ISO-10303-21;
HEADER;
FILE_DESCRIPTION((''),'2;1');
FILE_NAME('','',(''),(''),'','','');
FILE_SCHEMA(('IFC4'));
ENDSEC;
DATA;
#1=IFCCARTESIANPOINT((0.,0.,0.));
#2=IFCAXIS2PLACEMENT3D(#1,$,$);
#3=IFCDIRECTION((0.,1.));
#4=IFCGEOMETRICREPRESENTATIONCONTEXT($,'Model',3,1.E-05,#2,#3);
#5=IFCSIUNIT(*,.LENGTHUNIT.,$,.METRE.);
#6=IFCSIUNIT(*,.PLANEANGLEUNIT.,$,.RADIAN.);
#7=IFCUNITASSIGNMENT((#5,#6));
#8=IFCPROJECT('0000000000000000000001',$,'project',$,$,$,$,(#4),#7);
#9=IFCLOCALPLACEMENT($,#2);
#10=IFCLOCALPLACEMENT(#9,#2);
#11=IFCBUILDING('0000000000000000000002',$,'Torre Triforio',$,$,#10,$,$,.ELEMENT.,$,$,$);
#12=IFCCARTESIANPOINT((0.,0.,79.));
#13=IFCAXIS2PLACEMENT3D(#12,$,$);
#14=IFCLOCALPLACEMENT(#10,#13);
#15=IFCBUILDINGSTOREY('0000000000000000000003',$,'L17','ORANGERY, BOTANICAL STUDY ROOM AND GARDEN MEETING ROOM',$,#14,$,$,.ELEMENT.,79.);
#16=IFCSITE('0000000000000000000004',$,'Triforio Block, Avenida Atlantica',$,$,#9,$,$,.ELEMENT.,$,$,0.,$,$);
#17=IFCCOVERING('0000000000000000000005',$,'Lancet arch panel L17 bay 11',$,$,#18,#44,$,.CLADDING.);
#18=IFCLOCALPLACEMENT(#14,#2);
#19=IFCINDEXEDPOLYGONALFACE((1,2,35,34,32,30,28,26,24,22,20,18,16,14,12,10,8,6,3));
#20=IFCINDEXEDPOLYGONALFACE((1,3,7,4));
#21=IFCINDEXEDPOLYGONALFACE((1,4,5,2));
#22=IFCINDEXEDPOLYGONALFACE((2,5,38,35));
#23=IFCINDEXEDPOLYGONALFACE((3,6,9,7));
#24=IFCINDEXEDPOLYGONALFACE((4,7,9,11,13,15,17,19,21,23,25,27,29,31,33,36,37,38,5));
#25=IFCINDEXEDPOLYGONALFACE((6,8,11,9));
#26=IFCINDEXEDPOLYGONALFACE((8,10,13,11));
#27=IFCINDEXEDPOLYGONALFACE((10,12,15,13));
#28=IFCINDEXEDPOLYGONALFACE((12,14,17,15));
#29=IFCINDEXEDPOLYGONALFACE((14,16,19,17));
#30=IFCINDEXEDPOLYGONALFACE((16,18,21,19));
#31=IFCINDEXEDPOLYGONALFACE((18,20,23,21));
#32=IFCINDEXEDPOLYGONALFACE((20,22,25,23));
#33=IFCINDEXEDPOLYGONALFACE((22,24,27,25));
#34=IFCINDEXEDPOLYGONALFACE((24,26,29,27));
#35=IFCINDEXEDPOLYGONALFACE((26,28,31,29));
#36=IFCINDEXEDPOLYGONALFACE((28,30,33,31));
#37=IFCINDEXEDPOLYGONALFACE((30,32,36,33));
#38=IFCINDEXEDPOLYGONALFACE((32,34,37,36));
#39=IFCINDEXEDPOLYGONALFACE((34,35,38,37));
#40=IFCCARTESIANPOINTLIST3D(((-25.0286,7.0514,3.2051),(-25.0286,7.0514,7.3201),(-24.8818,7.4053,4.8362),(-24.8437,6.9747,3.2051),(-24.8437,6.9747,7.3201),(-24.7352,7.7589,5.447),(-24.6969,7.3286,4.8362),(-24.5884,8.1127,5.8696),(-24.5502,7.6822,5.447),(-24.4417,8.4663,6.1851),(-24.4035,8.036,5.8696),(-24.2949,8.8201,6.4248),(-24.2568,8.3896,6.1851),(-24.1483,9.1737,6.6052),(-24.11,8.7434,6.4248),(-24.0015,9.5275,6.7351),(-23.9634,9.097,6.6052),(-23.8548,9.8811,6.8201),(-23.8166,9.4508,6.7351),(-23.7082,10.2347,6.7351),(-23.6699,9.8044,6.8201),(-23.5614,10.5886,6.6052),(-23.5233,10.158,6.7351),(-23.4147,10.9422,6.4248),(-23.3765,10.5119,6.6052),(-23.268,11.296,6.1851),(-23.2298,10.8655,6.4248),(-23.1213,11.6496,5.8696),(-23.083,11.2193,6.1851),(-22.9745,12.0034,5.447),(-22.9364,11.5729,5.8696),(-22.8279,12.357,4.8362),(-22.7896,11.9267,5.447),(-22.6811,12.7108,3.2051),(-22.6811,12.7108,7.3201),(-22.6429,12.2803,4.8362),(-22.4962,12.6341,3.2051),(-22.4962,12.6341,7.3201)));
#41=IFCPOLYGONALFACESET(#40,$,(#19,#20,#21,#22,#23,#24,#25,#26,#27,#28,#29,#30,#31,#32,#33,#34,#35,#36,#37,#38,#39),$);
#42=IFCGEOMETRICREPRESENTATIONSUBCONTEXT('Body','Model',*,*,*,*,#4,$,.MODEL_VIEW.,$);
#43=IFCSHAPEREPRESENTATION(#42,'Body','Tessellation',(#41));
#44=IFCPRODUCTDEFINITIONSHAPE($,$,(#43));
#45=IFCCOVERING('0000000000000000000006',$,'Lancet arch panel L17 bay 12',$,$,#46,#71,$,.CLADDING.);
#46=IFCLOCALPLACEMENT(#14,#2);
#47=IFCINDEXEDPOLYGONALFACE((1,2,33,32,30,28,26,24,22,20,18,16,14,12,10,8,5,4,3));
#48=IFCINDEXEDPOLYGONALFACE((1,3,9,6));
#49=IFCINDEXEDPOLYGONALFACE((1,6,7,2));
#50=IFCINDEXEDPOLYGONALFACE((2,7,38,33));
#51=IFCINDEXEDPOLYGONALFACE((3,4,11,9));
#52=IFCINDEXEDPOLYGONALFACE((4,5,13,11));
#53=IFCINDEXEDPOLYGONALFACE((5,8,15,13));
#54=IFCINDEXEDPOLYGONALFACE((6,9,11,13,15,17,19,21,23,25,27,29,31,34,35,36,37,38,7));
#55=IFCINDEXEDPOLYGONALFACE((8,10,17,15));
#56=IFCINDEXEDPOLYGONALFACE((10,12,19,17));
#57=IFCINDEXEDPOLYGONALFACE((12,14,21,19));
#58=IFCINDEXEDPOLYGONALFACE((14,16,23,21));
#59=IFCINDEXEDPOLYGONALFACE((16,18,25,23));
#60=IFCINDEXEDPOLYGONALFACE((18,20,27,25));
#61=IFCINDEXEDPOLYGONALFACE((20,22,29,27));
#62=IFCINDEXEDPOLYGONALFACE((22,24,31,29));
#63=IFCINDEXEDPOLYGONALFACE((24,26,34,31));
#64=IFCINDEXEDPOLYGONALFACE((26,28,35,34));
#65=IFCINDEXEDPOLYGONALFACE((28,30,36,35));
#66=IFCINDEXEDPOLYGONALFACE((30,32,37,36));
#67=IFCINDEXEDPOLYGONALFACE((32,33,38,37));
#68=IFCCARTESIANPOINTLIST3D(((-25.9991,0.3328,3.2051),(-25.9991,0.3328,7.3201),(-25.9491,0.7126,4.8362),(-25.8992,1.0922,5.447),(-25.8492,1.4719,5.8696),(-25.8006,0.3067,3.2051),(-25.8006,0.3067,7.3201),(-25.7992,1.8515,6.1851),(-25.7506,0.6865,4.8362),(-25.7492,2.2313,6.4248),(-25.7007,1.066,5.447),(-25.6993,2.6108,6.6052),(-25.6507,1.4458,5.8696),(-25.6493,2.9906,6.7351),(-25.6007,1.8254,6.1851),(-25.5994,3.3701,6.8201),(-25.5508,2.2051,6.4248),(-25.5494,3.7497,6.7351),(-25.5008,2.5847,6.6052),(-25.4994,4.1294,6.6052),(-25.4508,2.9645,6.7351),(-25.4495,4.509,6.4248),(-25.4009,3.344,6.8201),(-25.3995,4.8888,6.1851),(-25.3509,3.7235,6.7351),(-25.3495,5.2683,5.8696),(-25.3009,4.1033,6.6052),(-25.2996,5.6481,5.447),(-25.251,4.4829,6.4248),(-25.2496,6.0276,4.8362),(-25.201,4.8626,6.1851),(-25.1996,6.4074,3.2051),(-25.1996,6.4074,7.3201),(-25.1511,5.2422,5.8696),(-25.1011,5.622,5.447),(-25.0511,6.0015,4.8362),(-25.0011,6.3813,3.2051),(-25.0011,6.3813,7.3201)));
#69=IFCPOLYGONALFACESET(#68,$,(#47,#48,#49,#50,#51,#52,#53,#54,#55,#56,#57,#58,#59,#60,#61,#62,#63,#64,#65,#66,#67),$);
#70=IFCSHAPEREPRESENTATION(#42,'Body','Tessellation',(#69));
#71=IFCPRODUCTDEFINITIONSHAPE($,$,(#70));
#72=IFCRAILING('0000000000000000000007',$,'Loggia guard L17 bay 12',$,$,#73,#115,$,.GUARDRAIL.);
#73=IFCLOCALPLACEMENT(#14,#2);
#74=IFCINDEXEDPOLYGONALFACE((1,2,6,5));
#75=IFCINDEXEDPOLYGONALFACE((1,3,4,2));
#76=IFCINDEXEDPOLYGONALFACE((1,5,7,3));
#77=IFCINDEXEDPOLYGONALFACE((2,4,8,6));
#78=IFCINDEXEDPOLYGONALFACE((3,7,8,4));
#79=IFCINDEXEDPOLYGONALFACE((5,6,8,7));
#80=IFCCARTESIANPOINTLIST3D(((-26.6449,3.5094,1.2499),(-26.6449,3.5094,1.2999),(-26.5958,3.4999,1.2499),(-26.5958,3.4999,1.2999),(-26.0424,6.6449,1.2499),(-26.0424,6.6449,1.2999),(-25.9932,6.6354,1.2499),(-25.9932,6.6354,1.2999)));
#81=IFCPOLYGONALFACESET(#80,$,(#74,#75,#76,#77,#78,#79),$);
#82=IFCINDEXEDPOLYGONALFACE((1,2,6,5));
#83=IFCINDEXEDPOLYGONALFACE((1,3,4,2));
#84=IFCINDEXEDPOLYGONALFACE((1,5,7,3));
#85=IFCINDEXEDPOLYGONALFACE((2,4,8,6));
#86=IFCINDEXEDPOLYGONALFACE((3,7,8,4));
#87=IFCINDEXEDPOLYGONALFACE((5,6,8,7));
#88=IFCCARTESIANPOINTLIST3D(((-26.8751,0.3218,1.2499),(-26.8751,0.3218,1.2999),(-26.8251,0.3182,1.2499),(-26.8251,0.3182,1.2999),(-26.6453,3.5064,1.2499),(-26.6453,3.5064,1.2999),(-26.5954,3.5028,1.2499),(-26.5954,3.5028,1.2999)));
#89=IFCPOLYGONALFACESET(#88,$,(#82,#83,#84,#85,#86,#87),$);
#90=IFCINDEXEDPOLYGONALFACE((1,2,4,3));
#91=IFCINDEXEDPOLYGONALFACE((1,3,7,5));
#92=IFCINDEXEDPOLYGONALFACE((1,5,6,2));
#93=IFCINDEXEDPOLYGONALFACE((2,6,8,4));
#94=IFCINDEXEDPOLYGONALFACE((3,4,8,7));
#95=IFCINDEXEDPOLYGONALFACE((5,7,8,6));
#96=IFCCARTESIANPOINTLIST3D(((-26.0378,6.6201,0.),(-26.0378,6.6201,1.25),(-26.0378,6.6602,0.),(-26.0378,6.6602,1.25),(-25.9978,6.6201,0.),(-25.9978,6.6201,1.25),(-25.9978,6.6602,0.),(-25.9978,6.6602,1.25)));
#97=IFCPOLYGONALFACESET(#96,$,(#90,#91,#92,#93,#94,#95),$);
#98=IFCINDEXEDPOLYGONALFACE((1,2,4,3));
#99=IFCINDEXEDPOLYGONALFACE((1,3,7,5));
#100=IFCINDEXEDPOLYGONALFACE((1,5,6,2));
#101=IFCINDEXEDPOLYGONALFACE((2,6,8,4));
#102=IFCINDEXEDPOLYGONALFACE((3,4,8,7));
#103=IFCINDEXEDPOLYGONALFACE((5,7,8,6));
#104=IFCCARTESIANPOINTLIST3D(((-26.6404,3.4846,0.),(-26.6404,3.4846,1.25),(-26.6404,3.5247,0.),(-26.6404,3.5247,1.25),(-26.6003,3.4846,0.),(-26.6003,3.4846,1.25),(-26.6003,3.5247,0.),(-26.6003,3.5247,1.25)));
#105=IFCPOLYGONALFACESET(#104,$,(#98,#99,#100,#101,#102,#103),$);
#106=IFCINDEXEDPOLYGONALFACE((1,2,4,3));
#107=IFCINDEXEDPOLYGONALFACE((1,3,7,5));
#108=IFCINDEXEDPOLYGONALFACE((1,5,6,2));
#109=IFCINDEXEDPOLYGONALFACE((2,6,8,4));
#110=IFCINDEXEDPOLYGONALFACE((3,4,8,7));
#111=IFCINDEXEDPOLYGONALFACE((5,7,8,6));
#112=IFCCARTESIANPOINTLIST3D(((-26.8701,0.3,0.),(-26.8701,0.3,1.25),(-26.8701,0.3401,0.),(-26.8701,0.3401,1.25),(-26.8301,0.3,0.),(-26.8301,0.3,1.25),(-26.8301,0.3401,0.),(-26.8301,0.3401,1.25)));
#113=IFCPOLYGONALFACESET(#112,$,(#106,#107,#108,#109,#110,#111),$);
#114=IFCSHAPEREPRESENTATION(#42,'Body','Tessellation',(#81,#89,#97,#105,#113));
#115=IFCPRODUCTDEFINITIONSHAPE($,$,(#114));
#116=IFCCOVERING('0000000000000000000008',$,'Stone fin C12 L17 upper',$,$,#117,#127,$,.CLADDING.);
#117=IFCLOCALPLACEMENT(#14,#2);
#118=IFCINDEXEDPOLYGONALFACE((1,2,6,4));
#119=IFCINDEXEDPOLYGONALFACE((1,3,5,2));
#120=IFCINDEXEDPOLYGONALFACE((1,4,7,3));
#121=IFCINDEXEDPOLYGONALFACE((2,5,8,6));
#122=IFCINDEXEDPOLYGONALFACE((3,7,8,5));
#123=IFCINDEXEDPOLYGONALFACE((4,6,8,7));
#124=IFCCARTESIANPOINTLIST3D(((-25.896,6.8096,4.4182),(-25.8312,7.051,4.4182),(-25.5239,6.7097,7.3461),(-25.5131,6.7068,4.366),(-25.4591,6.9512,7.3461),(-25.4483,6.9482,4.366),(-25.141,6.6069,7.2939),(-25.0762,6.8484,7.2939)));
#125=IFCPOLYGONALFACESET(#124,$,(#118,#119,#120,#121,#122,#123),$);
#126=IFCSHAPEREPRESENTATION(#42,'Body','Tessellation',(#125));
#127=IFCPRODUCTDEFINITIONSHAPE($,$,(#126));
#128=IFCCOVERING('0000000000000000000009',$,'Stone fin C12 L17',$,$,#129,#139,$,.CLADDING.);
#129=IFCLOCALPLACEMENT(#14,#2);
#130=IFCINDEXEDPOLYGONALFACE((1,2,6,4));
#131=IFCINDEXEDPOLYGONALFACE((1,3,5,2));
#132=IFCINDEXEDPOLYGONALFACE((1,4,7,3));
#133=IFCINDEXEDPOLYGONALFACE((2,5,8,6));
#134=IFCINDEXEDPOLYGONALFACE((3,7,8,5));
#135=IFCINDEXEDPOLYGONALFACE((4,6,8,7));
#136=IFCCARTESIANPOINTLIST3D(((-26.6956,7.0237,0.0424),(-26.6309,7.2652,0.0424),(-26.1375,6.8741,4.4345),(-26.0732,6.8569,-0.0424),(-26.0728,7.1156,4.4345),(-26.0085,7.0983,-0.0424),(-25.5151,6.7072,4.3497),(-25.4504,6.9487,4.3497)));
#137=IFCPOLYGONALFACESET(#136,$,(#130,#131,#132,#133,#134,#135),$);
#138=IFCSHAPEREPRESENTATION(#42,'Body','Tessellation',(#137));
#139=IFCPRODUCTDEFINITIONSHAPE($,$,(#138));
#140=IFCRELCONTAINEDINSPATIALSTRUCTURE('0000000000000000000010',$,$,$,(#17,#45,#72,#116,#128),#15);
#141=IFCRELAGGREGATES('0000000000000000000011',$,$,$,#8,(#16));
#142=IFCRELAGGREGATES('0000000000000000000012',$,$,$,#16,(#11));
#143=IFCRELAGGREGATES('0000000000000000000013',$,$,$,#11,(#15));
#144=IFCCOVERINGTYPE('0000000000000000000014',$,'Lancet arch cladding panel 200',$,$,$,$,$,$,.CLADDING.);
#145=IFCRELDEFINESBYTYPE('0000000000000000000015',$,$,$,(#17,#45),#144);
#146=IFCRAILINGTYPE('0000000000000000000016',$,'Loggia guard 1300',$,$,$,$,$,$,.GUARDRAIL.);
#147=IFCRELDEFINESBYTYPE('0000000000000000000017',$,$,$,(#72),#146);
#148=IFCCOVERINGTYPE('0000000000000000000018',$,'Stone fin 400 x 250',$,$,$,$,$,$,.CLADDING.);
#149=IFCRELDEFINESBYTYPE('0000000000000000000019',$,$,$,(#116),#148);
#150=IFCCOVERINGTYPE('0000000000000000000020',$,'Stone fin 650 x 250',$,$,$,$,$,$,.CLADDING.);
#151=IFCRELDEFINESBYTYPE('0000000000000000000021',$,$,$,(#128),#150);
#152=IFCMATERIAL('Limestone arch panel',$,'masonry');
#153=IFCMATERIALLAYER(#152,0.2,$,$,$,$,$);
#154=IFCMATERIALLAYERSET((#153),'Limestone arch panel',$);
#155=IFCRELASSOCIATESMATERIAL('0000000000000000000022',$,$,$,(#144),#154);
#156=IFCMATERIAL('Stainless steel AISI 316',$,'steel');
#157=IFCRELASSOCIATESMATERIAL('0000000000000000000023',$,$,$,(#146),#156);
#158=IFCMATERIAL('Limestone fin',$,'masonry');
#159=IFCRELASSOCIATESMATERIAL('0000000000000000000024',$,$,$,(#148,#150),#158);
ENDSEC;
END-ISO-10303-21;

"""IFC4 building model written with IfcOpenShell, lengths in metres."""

from ifc_helpers import new_model, si_unit, direction, frame, origin, origin_2d, place, context, subcontext, project, spatial, polyline, rectangle, outline, extrude, material, layer, layer_set, material_profile, profile_set, type_object, element, save


model = new_model("IFC4")

# Units and contexts
model_context = context("Model", 3, precision=1e-05, world=origin(), true_north=direction((0.0, 1.0)))
body_context = subcontext(model_context, "Body", "Model", "MODEL_VIEW")
ifc_project = project(units=[si_unit("LENGTHUNIT", "METRE"), si_unit("PLANEANGLEUNIT", "RADIAN")], contexts=[model_context])

# Site, building, storey
site_placement = place(None, origin())
site = spatial("IfcSite", under=ifc_project, at=site_placement, Name="Triforio Block, Avenida Atlantica", CompositionType="ELEMENT", RefElevation=0.0)
building_placement = place(site_placement, origin())
building = spatial("IfcBuilding", under=site, at=building_placement, Name="Torre Triforio", CompositionType="ELEMENT")
storey_placement = place(building_placement, frame((0.0, 0.0, 79.0)))
storey = spatial("IfcBuildingStorey", under=building, at=storey_placement, Name="L17", Description="ORANGERY, BOTANICAL STUDY ROOM AND GARDEN MEETING ROOM", CompositionType="ELEMENT", Elevation=79.0)

# Coverings
ifc_material_1 = material(Name="Limestone arch panel", Category="masonry")
ifc_layer_1 = layer(ifc_material_1, 0.2)
ifc_layer_set_1 = layer_set([ifc_layer_1], Name="Limestone arch panel")
covering_type_1 = type_object("IfcCoveringType", Name="Lancet arch cladding panel 200", PredefinedType="CLADDING", material=ifc_layer_set_1)
for number, where, z_axis, x_axis, name in (
    (1, (-23.6699, 9.8044, 0.0), (-0.923689, 0.383142, 0.0), (-0.383142, -0.923689, 0.0), "Lancet arch panel L17 bay 11"),
    (2, (-25.4009, 3.344, 0.0), (-0.99145, 0.130486, 0.0), (-0.130486, -0.99145, 0.0), "Lancet arch panel L17 bay 12"),
):
    element("IfcCovering", number, at=place(storey_placement, frame(where, z_axis=z_axis, x_axis=x_axis)), inside=storey, type_object=covering_type_1, Name=name, PredefinedType="CLADDING", context=body_context, shape_type="SweptSolid", body=[
        extrude(outline(polyline([(-3.0635, 7.3201), (-3.0635, 3.2051), (-2.6804, 4.8362), (-2.2976, 5.447), (-1.9146, 5.8696), (-1.5317, 6.1851), (-1.1487, 6.4248), (-0.7659, 6.6052), (-0.3828, 6.7351), (0.0, 6.8201), (0.3828, 6.7351), (0.7659, 6.6052), (1.1487, 6.4248), (1.5317, 6.1851), (1.9146, 5.8696), (2.2976, 5.447), (2.6804, 4.8362), (3.0635, 3.2051), (3.0635, 7.3201), (-3.0635, 7.3201)])), origin(), (0.0, 0.0, 1.0), 0.2002),
    ])

# Railing
ifc_material_2 = material(Name="Stainless steel AISI 316", Category="steel")
railing_type = type_object("IfcRailingType", Name="Loggia guard 1300", PredefinedType="GUARDRAIL", material=ifc_material_2)
railing_placement = place(storey_placement, frame((-26.0178, 6.6401, 0.0)))
element("IfcRailing", 3, at=railing_placement, inside=storey, type_object=railing_type, Name="Loggia guard L17 bay 12", PredefinedType="GUARDRAIL", context=body_context, shape_type="SweptSolid", body=[
    extrude(rectangle(XDim=0.05, YDim=0.05, at=origin_2d()), frame((0.0, 0.0, 1.2749), z_axis=(-0.188714, -0.982032, 0.0), x_axis=(0.982032, -0.188714, 0.0)), (0.0, 0.0, 1.0), 3.1929),
    extrude(rectangle(XDim=0.05, YDim=0.05, at=origin_2d()), frame((-0.6025, -3.1355, 1.2749), z_axis=(-0.071953, -0.997408, 0.0), x_axis=(0.997408, -0.071953, 0.0)), (0.0, 0.0, 1.0), 3.1929),
    extrude(rectangle(XDim=0.04, YDim=0.04, at=origin_2d()), origin(), (0.0, 0.0, 1.0), 1.25),
    extrude(rectangle(XDim=0.04, YDim=0.04, at=origin_2d()), frame((-0.6025, -3.1355, 0.0)), (0.0, 0.0, 1.0), 1.25),
    extrude(rectangle(XDim=0.04, YDim=0.04, at=origin_2d()), frame((-0.8323, -6.3201, 0.0)), (0.0, 0.0, 1.0), 1.25),
])

# Coverings
ifc_material_3 = material(Name="Limestone fin", Category="masonry")
ifc_material_profile_1 = material_profile(ifc_material_3, rectangle(XDim=0.3999, YDim=0.25, at=origin_2d()), Name="FIN 400x250")
ifc_profile_set_1 = profile_set([ifc_material_profile_1], Name="Limestone fin")
covering_type_2 = type_object("IfcCoveringType", Name="Stone fin 400 x 250", PredefinedType="CLADDING", material=ifc_profile_set_1)
covering_1_placement = place(storey_placement, frame((-25.6721, 6.8789, 4.3921), z_axis=(0.125988, -0.033812, 0.991455), x_axis=(-0.957571, 0.256986, 0.130447)))
element("IfcCovering", 4, at=covering_1_placement, inside=storey, type_object=covering_type_2, Name="Stone fin C12 L17 upper", PredefinedType="CLADDING", context=body_context, shape_type="SweptSolid", body=[
    extrude(rectangle(XDim=0.3999, YDim=0.25, at=origin_2d()), origin(), (0.0, 0.0, 1.0), 2.9531),
])
ifc_material_profile_2 = material_profile(ifc_material_3, rectangle(XDim=0.6499, YDim=0.25, at=origin_2d()), Name="FIN 650x250")
ifc_profile_set_2 = profile_set([ifc_material_profile_2], Name="Limestone fin")
covering_type_3 = type_object("IfcCoveringType", Name="Stone fin 650 x 250", PredefinedType="CLADDING", material=ifc_profile_set_2)
covering_2_placement = place(storey_placement, frame((-26.3521, 7.061, 0.0), z_axis=(0.125985, -0.033783, 0.991457), x_axis=(-0.957625, 0.256791, 0.130436)))
element("IfcCovering", 5, at=covering_2_placement, inside=storey, type_object=covering_type_3, Name="Stone fin C12 L17", PredefinedType="CLADDING", context=body_context, shape_type="SweptSolid", body=[
    extrude(rectangle(XDim=0.6499, YDim=0.25, at=origin_2d()), origin(), (0.0, 0.0, 1.0), 4.4299),
])

save(model, "model.ifc")
